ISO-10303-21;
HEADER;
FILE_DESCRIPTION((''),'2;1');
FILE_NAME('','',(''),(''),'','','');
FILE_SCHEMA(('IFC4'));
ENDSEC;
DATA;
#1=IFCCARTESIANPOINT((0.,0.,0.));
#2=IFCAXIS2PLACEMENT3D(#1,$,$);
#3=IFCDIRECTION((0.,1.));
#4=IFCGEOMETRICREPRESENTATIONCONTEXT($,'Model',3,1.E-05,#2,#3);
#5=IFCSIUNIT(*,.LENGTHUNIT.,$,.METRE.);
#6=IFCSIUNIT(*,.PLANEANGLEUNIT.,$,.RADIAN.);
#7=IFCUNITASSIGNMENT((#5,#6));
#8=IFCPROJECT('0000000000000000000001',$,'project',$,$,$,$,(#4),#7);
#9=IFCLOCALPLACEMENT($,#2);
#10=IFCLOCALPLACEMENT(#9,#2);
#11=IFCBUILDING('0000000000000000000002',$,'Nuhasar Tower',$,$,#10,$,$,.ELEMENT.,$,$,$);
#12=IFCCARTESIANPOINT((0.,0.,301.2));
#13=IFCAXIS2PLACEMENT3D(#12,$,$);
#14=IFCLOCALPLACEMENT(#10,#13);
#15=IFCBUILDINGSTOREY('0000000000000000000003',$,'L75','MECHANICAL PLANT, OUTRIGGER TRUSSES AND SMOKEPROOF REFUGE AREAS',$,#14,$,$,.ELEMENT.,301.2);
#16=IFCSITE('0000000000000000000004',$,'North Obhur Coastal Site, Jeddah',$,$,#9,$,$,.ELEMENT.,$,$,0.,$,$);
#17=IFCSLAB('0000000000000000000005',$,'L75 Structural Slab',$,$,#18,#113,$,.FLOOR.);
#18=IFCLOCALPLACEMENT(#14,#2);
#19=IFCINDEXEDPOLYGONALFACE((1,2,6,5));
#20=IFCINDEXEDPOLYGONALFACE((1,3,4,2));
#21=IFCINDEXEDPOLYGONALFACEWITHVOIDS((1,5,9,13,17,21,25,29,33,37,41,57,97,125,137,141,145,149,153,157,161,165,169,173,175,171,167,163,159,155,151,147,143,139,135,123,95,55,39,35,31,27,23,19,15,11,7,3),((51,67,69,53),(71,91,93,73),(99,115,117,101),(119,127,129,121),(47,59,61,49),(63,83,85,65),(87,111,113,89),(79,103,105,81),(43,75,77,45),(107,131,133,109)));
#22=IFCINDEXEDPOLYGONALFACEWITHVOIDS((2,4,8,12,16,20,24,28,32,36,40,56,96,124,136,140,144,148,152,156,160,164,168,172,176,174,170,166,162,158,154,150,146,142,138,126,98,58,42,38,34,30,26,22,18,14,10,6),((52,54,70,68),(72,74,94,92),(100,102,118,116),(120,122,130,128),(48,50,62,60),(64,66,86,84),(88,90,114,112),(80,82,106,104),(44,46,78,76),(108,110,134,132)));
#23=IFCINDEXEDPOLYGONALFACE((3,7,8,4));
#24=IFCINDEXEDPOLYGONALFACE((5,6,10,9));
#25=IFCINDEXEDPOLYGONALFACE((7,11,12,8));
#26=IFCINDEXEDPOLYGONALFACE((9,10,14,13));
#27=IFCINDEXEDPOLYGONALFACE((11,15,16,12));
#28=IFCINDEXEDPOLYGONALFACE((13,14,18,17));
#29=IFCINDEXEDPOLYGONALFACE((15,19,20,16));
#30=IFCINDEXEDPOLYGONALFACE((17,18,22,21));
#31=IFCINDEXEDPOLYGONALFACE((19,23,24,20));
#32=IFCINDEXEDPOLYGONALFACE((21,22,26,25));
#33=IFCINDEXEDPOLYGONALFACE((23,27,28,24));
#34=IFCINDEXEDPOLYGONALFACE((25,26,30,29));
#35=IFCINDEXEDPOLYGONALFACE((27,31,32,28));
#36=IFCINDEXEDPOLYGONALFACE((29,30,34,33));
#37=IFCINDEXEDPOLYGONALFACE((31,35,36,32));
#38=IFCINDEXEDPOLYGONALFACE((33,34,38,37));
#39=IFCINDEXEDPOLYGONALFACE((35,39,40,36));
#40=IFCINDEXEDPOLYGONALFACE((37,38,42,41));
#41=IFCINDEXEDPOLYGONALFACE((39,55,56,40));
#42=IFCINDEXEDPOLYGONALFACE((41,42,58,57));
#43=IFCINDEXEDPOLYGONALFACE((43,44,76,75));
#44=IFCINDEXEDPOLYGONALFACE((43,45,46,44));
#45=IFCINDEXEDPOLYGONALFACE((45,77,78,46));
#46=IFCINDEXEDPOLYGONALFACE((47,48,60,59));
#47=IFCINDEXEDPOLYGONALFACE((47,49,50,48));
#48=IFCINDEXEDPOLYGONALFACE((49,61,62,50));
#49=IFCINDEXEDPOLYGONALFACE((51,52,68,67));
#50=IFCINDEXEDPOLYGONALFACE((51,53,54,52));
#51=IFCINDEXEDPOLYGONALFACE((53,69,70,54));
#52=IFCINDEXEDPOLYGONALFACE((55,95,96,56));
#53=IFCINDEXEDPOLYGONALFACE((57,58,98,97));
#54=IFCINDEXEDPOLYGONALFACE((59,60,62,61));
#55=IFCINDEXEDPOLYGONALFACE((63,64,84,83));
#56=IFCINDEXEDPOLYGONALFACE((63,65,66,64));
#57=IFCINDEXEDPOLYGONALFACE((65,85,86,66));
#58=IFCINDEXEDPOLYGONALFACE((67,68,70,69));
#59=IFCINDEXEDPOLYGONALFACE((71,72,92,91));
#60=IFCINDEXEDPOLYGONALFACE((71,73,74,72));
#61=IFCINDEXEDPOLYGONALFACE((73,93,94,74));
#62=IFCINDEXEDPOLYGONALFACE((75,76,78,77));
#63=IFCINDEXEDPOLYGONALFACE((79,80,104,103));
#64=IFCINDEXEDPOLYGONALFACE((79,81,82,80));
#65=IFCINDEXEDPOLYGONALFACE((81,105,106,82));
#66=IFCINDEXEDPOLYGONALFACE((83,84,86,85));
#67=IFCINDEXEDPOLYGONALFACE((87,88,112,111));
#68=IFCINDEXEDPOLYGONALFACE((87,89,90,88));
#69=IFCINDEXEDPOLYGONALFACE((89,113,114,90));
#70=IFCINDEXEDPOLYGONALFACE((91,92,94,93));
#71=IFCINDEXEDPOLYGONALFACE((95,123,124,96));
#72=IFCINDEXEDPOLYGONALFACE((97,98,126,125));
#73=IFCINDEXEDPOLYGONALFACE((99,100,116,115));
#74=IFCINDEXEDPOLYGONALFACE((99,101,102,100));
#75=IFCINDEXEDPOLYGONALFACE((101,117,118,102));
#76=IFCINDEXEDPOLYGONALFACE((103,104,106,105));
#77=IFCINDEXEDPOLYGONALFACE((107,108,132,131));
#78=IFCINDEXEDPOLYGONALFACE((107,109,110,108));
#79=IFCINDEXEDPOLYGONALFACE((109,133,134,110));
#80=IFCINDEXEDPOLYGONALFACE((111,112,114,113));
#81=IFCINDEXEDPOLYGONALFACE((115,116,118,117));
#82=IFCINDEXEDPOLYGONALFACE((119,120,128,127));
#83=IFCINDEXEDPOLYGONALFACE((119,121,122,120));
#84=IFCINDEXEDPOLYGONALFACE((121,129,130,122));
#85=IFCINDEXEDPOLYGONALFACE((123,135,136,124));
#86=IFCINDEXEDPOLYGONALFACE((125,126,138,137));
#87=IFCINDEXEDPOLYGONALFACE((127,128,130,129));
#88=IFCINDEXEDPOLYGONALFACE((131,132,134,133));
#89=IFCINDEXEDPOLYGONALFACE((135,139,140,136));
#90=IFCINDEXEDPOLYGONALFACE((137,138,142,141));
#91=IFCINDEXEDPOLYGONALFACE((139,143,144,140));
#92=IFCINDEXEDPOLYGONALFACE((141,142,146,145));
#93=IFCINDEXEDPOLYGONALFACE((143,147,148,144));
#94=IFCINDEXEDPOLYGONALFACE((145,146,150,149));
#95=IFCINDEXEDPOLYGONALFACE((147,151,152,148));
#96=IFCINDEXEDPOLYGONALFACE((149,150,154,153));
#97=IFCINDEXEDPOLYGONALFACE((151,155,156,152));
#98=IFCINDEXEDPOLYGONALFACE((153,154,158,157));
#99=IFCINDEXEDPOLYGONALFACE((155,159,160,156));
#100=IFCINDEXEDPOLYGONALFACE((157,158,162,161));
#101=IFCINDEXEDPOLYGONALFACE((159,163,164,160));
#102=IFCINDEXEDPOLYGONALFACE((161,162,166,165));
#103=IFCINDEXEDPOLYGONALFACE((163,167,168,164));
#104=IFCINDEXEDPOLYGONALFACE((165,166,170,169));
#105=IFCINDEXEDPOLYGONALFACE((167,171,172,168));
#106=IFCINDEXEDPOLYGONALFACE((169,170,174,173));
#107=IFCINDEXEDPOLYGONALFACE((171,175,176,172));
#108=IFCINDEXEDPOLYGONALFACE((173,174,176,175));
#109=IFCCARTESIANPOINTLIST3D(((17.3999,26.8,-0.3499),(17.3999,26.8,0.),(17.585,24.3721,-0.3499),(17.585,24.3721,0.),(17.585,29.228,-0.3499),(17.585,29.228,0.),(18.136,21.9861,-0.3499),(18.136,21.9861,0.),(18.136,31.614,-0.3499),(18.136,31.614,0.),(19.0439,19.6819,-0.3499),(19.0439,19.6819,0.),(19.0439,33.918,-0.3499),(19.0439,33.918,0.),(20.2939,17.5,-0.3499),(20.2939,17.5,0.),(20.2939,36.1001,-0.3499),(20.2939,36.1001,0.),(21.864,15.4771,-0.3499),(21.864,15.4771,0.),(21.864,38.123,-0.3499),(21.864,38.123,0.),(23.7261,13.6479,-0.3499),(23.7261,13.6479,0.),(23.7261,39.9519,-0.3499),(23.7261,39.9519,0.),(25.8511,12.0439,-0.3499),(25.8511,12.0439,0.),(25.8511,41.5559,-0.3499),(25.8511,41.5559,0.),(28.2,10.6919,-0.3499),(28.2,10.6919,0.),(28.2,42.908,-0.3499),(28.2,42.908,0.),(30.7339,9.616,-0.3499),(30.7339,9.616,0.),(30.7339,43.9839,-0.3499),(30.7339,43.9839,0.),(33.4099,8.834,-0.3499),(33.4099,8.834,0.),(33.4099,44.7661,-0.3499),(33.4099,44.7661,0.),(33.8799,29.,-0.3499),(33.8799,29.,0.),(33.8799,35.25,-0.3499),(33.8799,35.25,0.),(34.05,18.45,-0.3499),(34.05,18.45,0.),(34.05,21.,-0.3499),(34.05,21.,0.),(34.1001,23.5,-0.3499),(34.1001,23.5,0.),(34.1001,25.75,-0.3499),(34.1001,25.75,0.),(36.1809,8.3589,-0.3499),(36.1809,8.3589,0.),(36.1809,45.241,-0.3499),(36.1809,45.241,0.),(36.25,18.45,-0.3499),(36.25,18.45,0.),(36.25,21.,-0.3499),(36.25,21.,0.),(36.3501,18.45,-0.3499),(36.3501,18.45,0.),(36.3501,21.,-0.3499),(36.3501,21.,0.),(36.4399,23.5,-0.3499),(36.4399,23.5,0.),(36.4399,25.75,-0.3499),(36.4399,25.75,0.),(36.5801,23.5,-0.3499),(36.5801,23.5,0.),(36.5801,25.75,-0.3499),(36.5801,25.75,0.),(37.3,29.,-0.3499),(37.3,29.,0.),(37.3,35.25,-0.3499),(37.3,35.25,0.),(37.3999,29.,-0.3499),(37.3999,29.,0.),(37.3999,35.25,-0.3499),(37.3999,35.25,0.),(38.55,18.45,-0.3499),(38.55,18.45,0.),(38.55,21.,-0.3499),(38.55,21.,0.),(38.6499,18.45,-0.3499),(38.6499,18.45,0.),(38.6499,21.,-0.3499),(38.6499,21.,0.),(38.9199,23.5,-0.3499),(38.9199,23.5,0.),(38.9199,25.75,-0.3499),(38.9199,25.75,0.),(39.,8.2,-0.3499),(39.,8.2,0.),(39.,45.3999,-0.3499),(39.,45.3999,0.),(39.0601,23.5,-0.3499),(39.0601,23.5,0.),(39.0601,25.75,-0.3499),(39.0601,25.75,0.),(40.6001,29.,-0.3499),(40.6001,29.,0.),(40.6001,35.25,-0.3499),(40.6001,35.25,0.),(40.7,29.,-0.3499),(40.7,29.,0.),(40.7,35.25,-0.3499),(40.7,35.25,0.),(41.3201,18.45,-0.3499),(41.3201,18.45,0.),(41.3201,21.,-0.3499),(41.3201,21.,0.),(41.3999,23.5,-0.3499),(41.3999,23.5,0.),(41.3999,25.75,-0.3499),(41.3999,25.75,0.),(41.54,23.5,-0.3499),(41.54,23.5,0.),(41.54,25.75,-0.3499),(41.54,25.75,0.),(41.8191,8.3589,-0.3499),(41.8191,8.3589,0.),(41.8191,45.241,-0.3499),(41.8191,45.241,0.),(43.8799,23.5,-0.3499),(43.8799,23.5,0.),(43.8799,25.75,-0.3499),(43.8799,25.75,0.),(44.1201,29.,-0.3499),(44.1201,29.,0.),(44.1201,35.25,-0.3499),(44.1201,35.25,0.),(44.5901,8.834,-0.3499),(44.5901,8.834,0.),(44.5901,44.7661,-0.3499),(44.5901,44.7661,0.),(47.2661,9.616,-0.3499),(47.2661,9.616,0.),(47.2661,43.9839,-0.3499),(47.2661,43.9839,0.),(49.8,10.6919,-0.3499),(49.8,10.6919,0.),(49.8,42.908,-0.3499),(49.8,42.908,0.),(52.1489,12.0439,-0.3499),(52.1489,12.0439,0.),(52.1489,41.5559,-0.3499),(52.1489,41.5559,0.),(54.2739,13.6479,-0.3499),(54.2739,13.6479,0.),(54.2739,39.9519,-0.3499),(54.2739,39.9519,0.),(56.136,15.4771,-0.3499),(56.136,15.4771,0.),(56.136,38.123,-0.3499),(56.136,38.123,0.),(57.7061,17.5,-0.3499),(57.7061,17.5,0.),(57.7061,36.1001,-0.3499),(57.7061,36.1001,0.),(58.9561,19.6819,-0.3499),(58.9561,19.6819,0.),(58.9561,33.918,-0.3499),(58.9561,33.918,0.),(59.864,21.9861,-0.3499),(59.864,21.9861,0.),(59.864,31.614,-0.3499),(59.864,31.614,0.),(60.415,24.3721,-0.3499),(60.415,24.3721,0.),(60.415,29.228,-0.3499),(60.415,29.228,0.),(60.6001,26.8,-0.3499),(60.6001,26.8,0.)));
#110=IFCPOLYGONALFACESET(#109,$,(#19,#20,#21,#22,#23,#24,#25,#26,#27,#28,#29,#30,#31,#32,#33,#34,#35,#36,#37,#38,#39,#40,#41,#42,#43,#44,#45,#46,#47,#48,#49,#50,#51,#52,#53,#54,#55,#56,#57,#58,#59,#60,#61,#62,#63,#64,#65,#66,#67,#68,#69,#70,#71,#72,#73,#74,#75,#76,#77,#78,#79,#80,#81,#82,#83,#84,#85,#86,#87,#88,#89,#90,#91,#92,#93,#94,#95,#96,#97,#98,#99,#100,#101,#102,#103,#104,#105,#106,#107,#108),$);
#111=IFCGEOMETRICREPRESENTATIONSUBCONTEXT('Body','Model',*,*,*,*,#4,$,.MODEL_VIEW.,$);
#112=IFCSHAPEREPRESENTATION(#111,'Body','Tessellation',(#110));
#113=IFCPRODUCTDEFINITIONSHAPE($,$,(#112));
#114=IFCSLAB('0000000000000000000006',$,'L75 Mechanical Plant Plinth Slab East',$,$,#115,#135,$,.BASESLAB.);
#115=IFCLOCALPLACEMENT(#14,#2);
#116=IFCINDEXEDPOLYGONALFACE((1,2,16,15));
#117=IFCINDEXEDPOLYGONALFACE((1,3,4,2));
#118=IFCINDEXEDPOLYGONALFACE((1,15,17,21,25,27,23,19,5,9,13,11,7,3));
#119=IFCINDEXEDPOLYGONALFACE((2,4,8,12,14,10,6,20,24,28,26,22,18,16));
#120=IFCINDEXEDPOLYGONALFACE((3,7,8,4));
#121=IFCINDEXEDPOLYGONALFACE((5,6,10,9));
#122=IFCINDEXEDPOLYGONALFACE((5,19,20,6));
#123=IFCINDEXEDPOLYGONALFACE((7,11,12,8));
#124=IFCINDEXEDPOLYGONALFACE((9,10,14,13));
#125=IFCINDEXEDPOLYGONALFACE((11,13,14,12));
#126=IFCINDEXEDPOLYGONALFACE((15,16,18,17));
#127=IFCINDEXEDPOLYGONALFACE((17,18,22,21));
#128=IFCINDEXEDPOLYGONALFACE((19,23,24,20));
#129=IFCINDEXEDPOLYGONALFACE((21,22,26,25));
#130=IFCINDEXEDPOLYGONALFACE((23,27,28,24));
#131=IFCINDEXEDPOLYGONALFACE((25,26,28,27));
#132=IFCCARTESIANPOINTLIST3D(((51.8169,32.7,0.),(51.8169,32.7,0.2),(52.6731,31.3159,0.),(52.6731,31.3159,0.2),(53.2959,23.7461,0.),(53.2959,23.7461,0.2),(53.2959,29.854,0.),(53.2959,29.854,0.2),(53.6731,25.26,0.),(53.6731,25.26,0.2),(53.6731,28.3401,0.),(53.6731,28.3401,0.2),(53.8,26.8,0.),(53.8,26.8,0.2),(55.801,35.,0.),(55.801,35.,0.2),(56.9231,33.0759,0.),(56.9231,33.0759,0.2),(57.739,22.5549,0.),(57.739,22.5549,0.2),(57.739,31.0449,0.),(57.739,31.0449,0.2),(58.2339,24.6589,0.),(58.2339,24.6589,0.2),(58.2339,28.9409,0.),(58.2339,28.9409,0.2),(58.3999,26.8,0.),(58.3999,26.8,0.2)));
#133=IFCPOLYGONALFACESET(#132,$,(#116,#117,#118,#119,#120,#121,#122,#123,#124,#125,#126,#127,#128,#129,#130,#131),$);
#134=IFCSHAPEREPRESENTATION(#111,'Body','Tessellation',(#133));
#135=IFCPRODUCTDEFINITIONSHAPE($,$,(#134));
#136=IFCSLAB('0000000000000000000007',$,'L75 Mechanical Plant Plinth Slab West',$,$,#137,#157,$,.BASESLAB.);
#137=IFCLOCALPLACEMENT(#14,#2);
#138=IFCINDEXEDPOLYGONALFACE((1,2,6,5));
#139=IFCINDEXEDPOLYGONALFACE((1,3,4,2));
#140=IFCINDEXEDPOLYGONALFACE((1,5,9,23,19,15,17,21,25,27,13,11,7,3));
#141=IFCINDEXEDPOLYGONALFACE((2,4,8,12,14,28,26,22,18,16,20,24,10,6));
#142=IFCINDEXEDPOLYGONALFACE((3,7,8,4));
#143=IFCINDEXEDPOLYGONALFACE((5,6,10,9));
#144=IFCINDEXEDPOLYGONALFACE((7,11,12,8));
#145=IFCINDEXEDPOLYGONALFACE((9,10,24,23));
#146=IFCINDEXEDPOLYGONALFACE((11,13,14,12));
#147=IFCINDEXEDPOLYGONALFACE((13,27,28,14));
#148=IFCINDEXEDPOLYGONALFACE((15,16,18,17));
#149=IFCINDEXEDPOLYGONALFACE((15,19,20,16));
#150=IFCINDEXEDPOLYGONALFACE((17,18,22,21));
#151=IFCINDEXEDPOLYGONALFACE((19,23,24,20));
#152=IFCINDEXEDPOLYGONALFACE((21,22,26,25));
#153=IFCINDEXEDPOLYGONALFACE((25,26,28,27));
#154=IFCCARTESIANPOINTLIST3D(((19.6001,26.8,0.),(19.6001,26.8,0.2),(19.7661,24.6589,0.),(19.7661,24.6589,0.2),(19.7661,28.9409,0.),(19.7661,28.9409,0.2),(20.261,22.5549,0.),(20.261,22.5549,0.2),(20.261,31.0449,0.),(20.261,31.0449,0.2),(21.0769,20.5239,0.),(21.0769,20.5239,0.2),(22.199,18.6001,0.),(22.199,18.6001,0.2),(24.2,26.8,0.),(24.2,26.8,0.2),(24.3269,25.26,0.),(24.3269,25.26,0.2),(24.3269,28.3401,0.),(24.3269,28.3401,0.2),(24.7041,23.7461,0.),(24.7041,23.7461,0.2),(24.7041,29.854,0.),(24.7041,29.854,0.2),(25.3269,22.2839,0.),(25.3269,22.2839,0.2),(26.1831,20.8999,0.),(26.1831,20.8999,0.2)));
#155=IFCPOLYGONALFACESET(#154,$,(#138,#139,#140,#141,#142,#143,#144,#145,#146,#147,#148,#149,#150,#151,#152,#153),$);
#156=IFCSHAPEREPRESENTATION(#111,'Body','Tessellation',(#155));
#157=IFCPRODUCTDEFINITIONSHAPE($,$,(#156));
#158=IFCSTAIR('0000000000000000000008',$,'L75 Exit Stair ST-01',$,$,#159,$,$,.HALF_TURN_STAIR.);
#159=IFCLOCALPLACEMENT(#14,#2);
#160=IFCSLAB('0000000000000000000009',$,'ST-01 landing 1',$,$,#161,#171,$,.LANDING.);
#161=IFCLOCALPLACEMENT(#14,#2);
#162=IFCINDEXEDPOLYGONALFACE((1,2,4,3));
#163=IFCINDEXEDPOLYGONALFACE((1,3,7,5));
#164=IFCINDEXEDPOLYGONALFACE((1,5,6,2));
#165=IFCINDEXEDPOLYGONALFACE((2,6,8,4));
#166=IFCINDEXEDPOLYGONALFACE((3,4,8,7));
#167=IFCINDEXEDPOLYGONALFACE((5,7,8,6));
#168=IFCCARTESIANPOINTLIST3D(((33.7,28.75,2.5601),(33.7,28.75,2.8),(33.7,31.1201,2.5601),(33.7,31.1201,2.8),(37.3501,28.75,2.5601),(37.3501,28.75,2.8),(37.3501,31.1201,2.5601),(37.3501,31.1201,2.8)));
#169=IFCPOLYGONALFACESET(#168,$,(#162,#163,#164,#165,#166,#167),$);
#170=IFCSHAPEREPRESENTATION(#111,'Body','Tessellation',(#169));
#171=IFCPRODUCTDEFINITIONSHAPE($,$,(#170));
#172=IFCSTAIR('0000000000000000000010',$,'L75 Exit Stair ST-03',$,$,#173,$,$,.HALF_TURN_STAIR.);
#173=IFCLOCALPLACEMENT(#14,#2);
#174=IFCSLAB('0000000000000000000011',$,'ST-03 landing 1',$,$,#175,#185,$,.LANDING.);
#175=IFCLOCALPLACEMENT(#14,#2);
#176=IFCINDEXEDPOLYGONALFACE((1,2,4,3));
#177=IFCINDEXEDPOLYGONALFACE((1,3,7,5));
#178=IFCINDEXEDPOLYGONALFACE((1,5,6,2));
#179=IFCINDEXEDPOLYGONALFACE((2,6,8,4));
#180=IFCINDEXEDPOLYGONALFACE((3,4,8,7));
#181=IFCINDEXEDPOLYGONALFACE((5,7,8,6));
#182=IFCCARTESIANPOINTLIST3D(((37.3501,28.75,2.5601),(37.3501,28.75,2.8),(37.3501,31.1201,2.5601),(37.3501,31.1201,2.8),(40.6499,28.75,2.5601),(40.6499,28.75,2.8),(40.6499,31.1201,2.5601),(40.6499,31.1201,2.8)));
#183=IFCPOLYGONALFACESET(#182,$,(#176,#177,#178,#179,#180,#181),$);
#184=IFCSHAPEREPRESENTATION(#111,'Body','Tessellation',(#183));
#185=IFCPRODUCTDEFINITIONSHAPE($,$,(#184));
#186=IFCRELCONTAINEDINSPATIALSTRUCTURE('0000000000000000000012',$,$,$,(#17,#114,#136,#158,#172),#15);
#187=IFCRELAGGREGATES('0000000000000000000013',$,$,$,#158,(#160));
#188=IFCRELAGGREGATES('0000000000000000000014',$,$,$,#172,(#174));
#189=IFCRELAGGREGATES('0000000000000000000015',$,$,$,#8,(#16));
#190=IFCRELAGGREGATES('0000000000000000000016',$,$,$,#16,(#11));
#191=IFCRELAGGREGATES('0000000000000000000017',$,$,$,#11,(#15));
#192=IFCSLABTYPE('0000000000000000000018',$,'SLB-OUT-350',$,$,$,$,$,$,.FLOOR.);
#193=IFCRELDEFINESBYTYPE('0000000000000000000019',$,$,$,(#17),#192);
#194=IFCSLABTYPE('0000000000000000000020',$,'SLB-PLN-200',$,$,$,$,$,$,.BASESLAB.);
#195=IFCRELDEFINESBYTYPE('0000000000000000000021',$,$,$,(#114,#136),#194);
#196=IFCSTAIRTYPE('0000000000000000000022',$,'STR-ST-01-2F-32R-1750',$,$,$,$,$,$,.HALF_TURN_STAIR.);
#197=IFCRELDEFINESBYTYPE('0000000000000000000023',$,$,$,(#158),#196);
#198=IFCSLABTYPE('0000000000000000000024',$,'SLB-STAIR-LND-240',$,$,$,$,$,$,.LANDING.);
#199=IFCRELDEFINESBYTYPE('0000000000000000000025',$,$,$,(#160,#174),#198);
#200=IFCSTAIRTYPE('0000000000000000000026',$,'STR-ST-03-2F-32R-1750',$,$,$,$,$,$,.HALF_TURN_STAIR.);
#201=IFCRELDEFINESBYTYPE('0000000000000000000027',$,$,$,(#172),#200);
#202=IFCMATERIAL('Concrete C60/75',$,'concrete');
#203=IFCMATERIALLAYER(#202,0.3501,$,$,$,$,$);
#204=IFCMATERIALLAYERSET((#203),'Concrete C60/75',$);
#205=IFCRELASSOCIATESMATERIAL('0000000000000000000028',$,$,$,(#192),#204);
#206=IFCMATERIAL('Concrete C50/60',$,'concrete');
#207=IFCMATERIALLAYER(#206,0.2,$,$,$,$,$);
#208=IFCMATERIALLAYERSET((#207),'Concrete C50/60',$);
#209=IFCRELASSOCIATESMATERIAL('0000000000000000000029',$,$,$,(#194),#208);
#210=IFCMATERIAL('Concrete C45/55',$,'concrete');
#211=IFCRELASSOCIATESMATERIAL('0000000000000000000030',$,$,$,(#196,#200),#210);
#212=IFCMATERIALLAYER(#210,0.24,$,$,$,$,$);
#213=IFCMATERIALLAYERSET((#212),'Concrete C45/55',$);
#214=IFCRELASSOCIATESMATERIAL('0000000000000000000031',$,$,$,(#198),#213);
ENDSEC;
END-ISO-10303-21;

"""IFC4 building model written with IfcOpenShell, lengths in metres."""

from ifc_helpers import new_model, si_unit, direction, frame, origin, place, context, subcontext, project, spatial, polyline, outline, extrude, material, layer, layer_set, type_object, element, aggregate, save


model = new_model("IFC4")

# Units and contexts
model_context = context("Model", 3, precision=1e-05, world=origin(), true_north=direction((0.0, 1.0)))
body_context = subcontext(model_context, "Body", "Model", "MODEL_VIEW")
ifc_project = project(units=[si_unit("LENGTHUNIT", "METRE"), si_unit("PLANEANGLEUNIT", "RADIAN")], contexts=[model_context])

# Site, building, storey
site_placement = place(None, origin())
site = spatial("IfcSite", under=ifc_project, at=site_placement, Name="North Obhur Coastal Site, Jeddah", CompositionType="ELEMENT", RefElevation=0.0)
building_placement = place(site_placement, origin())
building = spatial("IfcBuilding", under=site, at=building_placement, Name="Nuhasar Tower", CompositionType="ELEMENT")
storey_placement = place(building_placement, frame((0.0, 0.0, 301.2)))
storey = spatial("IfcBuildingStorey", under=building, at=storey_placement, Name="L75", Description="MECHANICAL PLANT, OUTRIGGER TRUSSES AND SMOKEPROOF REFUGE AREAS", CompositionType="ELEMENT", Elevation=301.2)

# Shared definitions
ifc_material_1 = material(Name="Concrete C50/60", Category="concrete")

# Slabs
ifc_material_2 = material(Name="Concrete C60/75", Category="concrete")
ifc_layer_1 = layer(ifc_material_2, 0.3501)
ifc_layer_set_1 = layer_set([ifc_layer_1], Name="Concrete C60/75")
slab_type_1 = type_object("IfcSlabType", Name="SLB-OUT-350", PredefinedType="FLOOR", material=ifc_layer_set_1)
slab_1_placement = place(storey_placement, frame((0.0, 0.0, -0.3499)))
element("IfcSlab", 1, at=slab_1_placement, inside=storey, type_object=slab_type_1, Name="L75 Structural Slab", PredefinedType="FLOOR", context=body_context, shape_type="SweptSolid", body=[
    extrude(outline(polyline([(60.6001, 26.8), (60.415, 29.228), (59.864, 31.614), (58.9561, 33.918), (57.7061, 36.1001), (56.136, 38.123), (54.2739, 39.9519), (52.1489, 41.5559), (49.8, 42.908), (47.2661, 43.9839), (44.5901, 44.7661), (41.8191, 45.241), (39.0, 45.3999), (36.1809, 45.241), (33.4099, 44.7661), (30.7339, 43.9839), (28.2, 42.908), (25.8511, 41.5559), (23.7261, 39.9519), (21.864, 38.123), (20.2939, 36.1001), (19.0439, 33.918), (18.136, 31.614), (17.585, 29.228), (17.3999, 26.8), (17.585, 24.3721), (18.136, 21.9861), (19.0439, 19.6819), (20.2939, 17.5), (21.864, 15.4771), (23.7261, 13.6479), (25.8511, 12.0439), (28.2, 10.6919), (30.7339, 9.616), (33.4099, 8.834), (36.1809, 8.3589), (39.0, 8.2), (41.8191, 8.3589), (44.5901, 8.834), (47.2661, 9.616), (49.8, 10.6919), (52.1489, 12.0439), (54.2739, 13.6479), (56.136, 15.4771), (57.7061, 17.5), (58.9561, 19.6819), (59.864, 21.9861), (60.415, 24.3721), (60.6001, 26.8)]), holes=[polyline([(33.8799, 35.25), (37.3, 35.25), (37.3, 29.0), (33.8799, 29.0), (33.8799, 35.25)]), polyline([(37.3999, 35.25), (40.6001, 35.25), (40.6001, 29.0), (37.3999, 29.0), (37.3999, 35.25)]), polyline([(40.7, 35.25), (44.1201, 35.25), (44.1201, 29.0), (40.7, 29.0), (40.7, 35.25)]), polyline([(34.1001, 25.75), (36.4399, 25.75), (36.4399, 23.5), (34.1001, 23.5), (34.1001, 25.75)]), polyline([(36.5801, 25.75), (38.9199, 25.75), (38.9199, 23.5), (36.5801, 23.5), (36.5801, 25.75)]), polyline([(39.0601, 25.75), (41.3999, 25.75), (41.3999, 23.5), (39.0601, 23.5), (39.0601, 25.75)]), polyline([(41.54, 25.75), (43.8799, 25.75), (43.8799, 23.5), (41.54, 23.5), (41.54, 25.75)]), polyline([(34.05, 21.0), (36.25, 21.0), (36.25, 18.45), (34.05, 18.45), (34.05, 21.0)]), polyline([(36.3501, 21.0), (38.55, 21.0), (38.55, 18.45), (36.3501, 18.45), (36.3501, 21.0)]), polyline([(38.6499, 21.0), (41.3201, 21.0), (41.3201, 18.45), (38.6499, 18.45), (38.6499, 21.0)])]), origin(), (0.0, 0.0, 1.0), 0.3499),
])
ifc_layer_2 = layer(ifc_material_1, 0.2)
ifc_layer_set_2 = layer_set([ifc_layer_2], Name="Concrete C50/60")
slab_type_2 = type_object("IfcSlabType", Name="SLB-PLN-200", PredefinedType="BASESLAB", material=ifc_layer_set_2)
slab_2_placement = place(storey_placement, origin())
element("IfcSlab", 2, at=slab_2_placement, inside=storey, type_object=slab_type_2, Name="L75 Mechanical Plant Plinth Slab East", PredefinedType="BASESLAB", context=body_context, shape_type="SweptSolid", body=[
    extrude(outline(polyline([(57.739, 22.5549), (58.2339, 24.6589), (58.3999, 26.8), (58.2339, 28.9409), (57.739, 31.0449), (56.9231, 33.0759), (55.801, 35.0), (51.8169, 32.7), (52.6731, 31.3159), (53.2959, 29.854), (53.6731, 28.3401), (53.8, 26.8), (53.6731, 25.26), (53.2959, 23.7461), (57.739, 22.5549)])), origin(), (0.0, 0.0, 1.0), 0.2),
])
slab_3_placement = place(storey_placement, origin())
element("IfcSlab", 3, at=slab_3_placement, inside=storey, type_object=slab_type_2, Name="L75 Mechanical Plant Plinth Slab West", PredefinedType="BASESLAB", context=body_context, shape_type="SweptSolid", body=[
    extrude(outline(polyline([(20.261, 31.0449), (19.7661, 28.9409), (19.6001, 26.8), (19.7661, 24.6589), (20.261, 22.5549), (21.0769, 20.5239), (22.199, 18.6001), (26.1831, 20.8999), (25.3269, 22.2839), (24.7041, 23.7461), (24.3269, 25.26), (24.2, 26.8), (24.3269, 28.3401), (24.7041, 29.854), (20.261, 31.0449)])), origin(), (0.0, 0.0, 1.0), 0.2),
])

# Stairs, slabs
ifc_material_3 = material(Name="Concrete C45/55", Category="concrete")
stair_type_1 = type_object("IfcStairType", Name="STR-ST-01-2F-32R-1750", PredefinedType="HALF_TURN_STAIR", material=ifc_material_3)
stair_1_placement = place(storey_placement, origin())
stair_1 = element("IfcStair", 4, at=stair_1_placement, inside=storey, type_object=stair_type_1, Name="L75 Exit Stair ST-01", PredefinedType="HALF_TURN_STAIR")
ifc_layer_3 = layer(ifc_material_3, 0.24)
ifc_layer_set_3 = layer_set([ifc_layer_3], Name="Concrete C45/55")
slab_type_3 = type_object("IfcSlabType", Name="SLB-STAIR-LND-240", PredefinedType="LANDING", material=ifc_layer_set_3)
slab_4_placement = place(storey_placement, frame((0.0, 0.0, 2.5601)))
slab_4 = element("IfcSlab", 5, at=slab_4_placement, type_object=slab_type_3, Name="ST-01 landing 1", PredefinedType="LANDING", context=body_context, shape_type="SweptSolid", body=[
    extrude(outline(polyline([(33.7, 28.75), (37.3501, 28.75), (37.3501, 31.1201), (33.7, 31.1201), (33.7, 28.75)])), origin(), (0.0, 0.0, 1.0), 0.24),
])
aggregate(stair_1, [slab_4])
stair_type_2 = type_object("IfcStairType", Name="STR-ST-03-2F-32R-1750", PredefinedType="HALF_TURN_STAIR", material=ifc_material_3)
stair_2_placement = place(storey_placement, origin())
stair_2 = element("IfcStair", 6, at=stair_2_placement, inside=storey, type_object=stair_type_2, Name="L75 Exit Stair ST-03", PredefinedType="HALF_TURN_STAIR")
slab_5_placement = place(storey_placement, frame((0.0, 0.0, 2.5601)))
slab_5 = element("IfcSlab", 7, at=slab_5_placement, type_object=slab_type_3, Name="ST-03 landing 1", PredefinedType="LANDING", context=body_context, shape_type="SweptSolid", body=[
    extrude(outline(polyline([(37.3501, 28.75), (40.6499, 28.75), (40.6499, 31.1201), (37.3501, 31.1201), (37.3501, 28.75)])), origin(), (0.0, 0.0, 1.0), 0.24),
])
aggregate(stair_2, [slab_5])

save(model, "model.ifc")
